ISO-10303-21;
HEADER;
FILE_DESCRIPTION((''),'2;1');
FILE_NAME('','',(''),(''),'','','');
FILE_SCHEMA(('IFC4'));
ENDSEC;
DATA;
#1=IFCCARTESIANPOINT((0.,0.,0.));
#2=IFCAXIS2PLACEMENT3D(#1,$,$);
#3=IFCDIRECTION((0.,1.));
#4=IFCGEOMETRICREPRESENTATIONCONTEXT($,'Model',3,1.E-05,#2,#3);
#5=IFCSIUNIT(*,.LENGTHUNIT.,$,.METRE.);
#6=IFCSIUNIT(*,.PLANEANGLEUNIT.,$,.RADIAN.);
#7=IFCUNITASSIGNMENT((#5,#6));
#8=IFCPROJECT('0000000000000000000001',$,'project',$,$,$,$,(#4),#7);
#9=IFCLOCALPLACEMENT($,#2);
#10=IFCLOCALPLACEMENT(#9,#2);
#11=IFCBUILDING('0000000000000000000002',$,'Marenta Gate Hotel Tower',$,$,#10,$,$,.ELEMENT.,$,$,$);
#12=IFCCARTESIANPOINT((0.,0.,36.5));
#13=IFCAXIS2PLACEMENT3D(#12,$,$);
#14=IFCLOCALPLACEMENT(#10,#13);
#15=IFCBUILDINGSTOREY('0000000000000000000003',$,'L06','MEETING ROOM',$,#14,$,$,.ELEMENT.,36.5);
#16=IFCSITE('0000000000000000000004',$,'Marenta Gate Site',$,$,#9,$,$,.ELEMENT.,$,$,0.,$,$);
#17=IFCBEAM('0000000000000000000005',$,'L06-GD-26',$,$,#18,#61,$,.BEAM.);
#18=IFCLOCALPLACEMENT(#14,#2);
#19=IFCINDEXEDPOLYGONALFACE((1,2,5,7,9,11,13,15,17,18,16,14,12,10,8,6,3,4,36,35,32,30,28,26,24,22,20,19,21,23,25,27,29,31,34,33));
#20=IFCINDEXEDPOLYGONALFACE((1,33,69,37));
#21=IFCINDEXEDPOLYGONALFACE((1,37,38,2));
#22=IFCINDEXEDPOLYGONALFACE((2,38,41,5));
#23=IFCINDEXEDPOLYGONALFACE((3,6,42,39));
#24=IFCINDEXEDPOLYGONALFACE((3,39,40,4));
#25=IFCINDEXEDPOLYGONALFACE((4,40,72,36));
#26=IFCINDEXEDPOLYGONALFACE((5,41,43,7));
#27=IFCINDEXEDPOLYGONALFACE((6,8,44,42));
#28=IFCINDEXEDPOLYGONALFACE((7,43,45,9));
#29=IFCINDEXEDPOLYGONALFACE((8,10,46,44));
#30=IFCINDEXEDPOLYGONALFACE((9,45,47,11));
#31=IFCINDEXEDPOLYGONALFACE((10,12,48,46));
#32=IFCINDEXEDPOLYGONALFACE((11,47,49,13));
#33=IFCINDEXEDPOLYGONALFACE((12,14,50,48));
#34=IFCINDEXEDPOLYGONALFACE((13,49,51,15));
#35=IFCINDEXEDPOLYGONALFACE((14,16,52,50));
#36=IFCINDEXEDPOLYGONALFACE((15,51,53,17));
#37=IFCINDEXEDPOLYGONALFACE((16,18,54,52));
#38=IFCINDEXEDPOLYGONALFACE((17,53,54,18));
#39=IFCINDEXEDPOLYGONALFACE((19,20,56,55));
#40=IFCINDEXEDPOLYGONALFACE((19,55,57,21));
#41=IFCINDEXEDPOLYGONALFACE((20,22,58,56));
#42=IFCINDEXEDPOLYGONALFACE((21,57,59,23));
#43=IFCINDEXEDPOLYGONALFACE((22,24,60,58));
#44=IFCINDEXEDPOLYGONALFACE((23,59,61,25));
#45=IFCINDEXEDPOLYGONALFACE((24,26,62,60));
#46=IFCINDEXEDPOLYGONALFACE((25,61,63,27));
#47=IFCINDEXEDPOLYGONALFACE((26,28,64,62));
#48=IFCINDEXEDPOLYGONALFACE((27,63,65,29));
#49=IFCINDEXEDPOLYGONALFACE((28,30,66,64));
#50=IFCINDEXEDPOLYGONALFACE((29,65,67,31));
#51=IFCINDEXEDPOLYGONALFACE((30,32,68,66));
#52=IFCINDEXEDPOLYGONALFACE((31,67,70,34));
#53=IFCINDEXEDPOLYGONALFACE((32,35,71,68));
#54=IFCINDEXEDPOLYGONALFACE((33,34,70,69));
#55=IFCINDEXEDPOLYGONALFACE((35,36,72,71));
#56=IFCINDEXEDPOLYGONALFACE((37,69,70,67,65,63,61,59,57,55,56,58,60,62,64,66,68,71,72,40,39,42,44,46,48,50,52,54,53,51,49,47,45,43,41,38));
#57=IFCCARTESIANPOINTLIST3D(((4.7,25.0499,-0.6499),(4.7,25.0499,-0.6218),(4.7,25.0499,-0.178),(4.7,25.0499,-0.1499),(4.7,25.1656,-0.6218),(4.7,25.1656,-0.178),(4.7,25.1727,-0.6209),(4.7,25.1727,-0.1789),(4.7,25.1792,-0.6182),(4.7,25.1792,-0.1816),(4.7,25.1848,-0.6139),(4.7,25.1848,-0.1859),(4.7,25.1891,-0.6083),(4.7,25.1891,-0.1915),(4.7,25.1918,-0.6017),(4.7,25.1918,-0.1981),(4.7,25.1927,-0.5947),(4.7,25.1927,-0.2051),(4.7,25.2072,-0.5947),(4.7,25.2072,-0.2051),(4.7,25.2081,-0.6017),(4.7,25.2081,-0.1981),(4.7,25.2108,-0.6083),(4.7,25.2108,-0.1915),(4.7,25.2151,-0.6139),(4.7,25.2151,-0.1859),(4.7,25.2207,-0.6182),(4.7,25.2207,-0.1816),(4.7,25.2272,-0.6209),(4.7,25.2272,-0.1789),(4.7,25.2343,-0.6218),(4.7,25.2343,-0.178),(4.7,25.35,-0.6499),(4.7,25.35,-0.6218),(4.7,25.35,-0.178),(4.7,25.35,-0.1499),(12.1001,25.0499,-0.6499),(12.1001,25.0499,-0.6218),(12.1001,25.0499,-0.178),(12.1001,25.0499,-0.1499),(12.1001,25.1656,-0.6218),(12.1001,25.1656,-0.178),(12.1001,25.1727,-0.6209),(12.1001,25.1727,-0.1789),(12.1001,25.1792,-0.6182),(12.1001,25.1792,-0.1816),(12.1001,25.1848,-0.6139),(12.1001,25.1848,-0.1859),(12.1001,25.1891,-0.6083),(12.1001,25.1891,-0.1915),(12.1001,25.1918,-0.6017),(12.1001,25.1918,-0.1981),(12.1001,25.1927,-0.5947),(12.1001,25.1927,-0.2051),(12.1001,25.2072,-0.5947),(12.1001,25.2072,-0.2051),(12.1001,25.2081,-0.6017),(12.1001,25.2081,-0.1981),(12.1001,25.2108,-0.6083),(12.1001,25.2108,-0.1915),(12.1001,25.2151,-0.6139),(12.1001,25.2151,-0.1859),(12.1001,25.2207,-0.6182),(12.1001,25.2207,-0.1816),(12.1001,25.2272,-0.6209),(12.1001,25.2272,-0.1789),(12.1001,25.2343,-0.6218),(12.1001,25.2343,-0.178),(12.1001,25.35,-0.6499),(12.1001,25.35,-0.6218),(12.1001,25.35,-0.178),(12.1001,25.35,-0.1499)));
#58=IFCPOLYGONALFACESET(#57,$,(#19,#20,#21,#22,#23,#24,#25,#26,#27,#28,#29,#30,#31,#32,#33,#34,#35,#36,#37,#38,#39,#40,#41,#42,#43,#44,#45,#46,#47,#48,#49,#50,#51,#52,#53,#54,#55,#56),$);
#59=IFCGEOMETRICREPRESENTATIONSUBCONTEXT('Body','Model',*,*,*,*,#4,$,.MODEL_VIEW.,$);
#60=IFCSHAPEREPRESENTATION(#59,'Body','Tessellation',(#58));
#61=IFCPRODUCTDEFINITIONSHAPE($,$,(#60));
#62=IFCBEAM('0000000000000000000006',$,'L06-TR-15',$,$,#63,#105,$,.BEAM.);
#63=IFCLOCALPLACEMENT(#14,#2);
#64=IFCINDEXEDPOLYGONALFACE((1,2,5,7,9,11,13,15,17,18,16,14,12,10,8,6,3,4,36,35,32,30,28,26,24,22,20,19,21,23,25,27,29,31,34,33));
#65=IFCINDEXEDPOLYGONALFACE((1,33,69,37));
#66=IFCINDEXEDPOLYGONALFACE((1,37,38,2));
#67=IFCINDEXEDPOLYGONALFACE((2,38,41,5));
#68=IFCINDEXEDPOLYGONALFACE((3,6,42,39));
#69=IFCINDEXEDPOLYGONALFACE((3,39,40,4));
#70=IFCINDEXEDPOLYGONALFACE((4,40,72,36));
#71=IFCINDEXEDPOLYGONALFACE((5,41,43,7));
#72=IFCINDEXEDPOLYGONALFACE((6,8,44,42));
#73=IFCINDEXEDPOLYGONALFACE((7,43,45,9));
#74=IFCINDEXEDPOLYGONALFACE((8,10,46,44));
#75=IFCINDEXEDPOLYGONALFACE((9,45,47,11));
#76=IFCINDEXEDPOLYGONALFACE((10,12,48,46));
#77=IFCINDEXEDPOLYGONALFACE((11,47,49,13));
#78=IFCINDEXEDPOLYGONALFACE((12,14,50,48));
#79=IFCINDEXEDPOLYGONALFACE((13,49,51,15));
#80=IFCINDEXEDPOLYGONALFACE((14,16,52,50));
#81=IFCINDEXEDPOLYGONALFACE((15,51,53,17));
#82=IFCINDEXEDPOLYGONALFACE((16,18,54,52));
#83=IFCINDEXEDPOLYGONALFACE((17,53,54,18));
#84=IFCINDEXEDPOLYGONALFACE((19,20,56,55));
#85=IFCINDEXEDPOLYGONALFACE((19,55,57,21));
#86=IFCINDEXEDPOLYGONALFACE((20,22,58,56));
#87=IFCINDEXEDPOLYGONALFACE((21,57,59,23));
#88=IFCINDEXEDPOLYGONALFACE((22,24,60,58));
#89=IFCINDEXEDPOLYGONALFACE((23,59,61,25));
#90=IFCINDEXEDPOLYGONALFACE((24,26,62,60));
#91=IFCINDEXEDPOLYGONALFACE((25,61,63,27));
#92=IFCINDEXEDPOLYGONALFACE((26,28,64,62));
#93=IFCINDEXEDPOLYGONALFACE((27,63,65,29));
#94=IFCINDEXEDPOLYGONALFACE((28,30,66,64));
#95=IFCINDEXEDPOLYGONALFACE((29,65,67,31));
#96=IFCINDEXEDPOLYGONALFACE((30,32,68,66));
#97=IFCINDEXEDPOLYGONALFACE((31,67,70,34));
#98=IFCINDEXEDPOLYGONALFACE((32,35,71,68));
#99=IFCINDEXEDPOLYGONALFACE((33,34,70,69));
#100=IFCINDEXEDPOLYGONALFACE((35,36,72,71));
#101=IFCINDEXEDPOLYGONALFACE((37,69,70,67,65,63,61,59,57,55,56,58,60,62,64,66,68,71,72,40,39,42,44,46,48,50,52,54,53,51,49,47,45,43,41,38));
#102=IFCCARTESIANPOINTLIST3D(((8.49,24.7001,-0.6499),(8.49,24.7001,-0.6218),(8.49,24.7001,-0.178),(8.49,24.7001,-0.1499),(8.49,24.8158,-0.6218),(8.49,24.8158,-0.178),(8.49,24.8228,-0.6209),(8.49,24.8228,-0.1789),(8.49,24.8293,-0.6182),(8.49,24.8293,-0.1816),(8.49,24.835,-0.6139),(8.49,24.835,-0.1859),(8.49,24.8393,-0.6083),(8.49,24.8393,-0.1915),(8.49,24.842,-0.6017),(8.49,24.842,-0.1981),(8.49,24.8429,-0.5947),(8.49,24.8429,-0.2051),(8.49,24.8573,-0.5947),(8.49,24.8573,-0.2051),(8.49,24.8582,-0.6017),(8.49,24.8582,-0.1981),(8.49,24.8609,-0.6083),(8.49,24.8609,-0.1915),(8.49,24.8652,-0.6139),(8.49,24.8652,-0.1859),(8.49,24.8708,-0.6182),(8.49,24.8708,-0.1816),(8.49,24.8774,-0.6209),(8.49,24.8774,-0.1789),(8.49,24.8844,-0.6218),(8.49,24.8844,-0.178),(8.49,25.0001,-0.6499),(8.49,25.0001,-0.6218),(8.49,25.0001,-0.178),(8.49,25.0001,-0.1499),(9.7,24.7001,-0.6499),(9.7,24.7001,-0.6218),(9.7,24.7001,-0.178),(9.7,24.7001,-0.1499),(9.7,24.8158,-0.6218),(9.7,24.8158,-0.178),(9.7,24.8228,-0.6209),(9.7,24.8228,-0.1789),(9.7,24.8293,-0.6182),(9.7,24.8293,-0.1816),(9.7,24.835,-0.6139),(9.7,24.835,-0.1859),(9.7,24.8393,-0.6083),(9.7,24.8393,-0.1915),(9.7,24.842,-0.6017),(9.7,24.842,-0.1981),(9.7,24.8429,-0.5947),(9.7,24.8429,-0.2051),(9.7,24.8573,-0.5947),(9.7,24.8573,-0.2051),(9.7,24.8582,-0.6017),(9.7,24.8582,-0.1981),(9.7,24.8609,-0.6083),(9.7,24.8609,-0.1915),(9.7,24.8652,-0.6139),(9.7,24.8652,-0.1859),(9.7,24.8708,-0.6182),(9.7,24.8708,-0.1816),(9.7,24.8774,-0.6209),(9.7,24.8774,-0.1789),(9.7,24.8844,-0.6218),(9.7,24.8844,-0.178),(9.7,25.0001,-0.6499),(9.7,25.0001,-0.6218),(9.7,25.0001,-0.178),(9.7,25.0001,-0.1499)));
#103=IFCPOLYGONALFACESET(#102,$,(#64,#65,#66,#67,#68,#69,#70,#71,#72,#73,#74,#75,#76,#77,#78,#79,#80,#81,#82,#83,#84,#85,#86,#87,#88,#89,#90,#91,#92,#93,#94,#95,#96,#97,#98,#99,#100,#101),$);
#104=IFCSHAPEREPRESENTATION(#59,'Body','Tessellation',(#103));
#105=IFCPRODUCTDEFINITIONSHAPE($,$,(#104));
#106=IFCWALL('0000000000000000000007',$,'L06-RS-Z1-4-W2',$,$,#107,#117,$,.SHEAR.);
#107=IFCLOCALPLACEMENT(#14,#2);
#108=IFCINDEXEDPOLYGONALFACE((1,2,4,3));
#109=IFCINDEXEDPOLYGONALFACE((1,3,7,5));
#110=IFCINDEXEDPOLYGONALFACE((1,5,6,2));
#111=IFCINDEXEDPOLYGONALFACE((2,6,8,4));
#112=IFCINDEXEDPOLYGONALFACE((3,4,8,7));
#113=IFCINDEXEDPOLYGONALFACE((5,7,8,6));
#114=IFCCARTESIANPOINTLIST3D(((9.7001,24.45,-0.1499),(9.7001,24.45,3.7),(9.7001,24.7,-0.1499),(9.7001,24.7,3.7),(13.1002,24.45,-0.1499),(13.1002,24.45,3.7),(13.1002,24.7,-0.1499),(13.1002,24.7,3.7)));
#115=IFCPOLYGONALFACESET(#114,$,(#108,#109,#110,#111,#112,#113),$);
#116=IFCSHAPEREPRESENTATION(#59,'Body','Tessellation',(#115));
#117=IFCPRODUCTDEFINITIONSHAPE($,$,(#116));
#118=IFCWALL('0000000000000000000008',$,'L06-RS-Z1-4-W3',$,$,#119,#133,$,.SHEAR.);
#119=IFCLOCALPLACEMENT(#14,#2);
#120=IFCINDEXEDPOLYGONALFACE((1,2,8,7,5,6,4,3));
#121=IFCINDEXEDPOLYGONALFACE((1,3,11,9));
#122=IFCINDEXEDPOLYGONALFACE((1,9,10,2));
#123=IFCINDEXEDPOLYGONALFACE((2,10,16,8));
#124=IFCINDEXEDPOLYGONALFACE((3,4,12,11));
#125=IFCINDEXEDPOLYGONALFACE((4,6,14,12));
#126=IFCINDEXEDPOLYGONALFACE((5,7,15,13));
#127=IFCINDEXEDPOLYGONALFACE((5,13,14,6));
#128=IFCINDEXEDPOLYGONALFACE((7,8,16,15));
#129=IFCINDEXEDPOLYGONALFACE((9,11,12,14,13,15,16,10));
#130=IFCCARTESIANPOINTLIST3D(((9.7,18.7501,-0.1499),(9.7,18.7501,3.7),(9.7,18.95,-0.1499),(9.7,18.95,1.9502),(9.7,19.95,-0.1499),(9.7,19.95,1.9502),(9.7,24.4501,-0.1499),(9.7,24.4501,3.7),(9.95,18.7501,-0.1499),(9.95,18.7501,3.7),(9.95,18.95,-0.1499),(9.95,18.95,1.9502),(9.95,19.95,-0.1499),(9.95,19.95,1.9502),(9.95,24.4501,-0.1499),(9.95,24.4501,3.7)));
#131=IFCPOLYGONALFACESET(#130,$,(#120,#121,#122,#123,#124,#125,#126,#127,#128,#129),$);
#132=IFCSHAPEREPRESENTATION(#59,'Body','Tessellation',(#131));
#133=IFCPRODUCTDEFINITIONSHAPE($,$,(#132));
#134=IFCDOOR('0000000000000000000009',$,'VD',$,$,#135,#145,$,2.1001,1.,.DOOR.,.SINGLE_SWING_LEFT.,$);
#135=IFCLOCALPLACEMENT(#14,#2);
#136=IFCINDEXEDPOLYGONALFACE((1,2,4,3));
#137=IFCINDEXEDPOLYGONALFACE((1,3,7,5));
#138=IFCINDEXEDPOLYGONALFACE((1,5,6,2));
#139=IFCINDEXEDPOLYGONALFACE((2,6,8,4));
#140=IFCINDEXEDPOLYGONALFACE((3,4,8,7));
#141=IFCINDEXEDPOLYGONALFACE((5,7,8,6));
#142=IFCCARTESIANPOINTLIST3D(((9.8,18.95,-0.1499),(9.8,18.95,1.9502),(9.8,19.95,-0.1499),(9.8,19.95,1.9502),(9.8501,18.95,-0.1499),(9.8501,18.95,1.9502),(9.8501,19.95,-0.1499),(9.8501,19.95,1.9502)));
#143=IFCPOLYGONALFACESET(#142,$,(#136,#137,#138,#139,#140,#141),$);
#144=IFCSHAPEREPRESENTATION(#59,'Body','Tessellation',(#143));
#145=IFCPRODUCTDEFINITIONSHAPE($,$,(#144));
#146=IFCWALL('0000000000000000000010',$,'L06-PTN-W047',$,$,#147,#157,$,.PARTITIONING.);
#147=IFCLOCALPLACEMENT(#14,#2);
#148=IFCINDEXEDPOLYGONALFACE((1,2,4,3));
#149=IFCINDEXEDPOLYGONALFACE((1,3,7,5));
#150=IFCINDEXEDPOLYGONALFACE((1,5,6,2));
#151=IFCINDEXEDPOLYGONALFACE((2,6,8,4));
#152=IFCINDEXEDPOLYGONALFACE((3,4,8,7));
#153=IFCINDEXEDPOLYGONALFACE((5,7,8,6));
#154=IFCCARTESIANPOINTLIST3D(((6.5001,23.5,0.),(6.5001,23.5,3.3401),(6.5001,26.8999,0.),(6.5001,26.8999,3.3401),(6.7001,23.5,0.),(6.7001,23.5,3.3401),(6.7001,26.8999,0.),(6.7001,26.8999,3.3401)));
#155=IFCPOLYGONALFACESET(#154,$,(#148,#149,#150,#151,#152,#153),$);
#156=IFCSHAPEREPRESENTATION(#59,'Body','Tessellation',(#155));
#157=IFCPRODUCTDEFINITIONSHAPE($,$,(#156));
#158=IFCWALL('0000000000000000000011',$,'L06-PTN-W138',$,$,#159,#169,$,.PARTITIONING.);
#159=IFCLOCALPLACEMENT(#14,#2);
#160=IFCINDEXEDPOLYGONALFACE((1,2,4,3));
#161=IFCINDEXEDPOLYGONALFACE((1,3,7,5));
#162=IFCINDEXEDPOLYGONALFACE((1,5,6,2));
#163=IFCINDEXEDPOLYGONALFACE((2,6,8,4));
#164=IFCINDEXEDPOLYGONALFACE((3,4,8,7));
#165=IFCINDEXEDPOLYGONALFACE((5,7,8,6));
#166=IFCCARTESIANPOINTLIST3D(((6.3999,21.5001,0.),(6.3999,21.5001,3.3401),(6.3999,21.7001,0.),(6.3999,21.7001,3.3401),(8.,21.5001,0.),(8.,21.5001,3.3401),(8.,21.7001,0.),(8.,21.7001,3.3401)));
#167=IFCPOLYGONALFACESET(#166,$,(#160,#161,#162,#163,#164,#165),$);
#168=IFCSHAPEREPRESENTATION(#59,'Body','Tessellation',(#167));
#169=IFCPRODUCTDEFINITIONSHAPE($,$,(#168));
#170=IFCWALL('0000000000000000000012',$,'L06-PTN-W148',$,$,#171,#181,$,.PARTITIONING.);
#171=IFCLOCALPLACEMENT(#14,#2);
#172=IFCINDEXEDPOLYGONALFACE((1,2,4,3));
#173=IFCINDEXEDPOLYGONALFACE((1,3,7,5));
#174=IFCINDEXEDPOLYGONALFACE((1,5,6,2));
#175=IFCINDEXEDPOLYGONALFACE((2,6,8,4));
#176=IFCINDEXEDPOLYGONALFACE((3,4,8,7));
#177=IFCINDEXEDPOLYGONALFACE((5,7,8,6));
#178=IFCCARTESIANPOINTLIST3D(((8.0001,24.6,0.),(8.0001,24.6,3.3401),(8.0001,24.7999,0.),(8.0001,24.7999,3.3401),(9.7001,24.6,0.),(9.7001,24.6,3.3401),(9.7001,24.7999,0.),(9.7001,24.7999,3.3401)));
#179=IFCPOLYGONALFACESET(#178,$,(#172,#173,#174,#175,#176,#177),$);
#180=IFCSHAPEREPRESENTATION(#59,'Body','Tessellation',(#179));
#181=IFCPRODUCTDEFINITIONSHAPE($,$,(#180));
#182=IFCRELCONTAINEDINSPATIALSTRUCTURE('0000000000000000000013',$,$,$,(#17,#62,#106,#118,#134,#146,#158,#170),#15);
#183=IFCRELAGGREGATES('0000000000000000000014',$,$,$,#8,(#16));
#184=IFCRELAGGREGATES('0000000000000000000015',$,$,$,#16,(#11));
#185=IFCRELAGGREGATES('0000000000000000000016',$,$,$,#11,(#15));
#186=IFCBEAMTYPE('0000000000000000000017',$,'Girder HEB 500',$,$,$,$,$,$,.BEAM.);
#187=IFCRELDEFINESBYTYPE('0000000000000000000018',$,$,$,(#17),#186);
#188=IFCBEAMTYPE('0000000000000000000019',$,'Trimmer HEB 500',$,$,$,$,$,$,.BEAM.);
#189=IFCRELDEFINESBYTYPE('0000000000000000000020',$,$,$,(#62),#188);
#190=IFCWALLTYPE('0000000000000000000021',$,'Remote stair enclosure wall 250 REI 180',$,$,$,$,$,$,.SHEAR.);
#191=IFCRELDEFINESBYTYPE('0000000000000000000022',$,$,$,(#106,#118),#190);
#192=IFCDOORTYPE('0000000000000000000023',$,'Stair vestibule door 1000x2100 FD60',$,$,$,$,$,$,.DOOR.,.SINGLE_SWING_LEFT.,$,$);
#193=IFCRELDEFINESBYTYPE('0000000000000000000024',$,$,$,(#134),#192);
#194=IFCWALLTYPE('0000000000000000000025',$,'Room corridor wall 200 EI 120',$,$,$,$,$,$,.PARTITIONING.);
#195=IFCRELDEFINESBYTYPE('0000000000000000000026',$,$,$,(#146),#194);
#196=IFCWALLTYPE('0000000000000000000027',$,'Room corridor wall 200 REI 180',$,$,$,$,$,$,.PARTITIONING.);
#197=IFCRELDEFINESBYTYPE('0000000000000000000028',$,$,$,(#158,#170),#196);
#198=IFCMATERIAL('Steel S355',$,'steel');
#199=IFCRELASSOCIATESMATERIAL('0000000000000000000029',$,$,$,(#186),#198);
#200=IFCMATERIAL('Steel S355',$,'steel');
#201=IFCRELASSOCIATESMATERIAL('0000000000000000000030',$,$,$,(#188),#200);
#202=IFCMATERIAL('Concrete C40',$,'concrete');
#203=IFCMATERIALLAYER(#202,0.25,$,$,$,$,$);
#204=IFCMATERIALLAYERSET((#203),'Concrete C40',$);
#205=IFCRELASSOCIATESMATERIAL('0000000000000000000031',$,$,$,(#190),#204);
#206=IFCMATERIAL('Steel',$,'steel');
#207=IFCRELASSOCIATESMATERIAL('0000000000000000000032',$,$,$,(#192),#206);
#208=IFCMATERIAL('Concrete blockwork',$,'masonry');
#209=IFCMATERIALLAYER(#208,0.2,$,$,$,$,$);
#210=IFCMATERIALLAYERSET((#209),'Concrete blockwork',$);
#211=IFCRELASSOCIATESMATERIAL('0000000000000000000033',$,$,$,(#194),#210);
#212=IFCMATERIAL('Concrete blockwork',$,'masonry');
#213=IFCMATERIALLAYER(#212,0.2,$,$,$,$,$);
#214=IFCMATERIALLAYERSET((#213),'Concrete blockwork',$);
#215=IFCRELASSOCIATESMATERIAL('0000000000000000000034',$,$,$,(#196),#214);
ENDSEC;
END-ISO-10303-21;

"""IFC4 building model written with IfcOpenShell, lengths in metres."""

from ifc_helpers import new_model, si_unit, direction, frame, frame_2d, origin, origin_2d, place, context, subcontext, project, spatial, rectangle, i_section, extrude, material, layer, layer_set, material_profile, profile_set, type_object, element, fill, save


model = new_model("IFC4")

# Units and contexts
model_context = context("Model", 3, precision=1e-05, world=origin(), true_north=direction((0.0, 1.0)))
body_context = subcontext(model_context, "Body", "Model", "MODEL_VIEW")
ifc_project = project(units=[si_unit("LENGTHUNIT", "METRE"), si_unit("PLANEANGLEUNIT", "RADIAN")], contexts=[model_context])

# Site, building, storey
site_placement = place(None, origin())
site = spatial("IfcSite", under=ifc_project, at=site_placement, Name="Marenta Gate Site", CompositionType="ELEMENT", RefElevation=0.0)
building_placement = place(site_placement, origin())
building = spatial("IfcBuilding", under=site, at=building_placement, Name="Marenta Gate Hotel Tower", CompositionType="ELEMENT")
storey_placement = place(building_placement, frame((0.0, 0.0, 36.5)))
storey = spatial("IfcBuildingStorey", under=building, at=storey_placement, Name="L06", Description="MEETING ROOM", CompositionType="ELEMENT", Elevation=36.5)

# Beams
ifc_material_1 = material(Name="Steel S355", Category="steel")
ifc_material_profile_1 = material_profile(ifc_material_1, i_section(OverallWidth=0.3, OverallDepth=0.5, WebThickness=0.0144, FlangeThickness=0.0281, FilletRadius=0.0271, at=origin_2d()), Name="HEB 500")
ifc_profile_set_1 = profile_set([ifc_material_profile_1], Name="Steel S355")
beam_type_1 = type_object("IfcBeamType", Name="Girder HEB 500", PredefinedType="BEAM", material=ifc_profile_set_1)
beam_1_placement = place(storey_placement, frame((4.7, 25.2, -0.3999), z_axis=(1.0, 0.0, 0.0), x_axis=(0.0, 1.0, 0.0)))
element("IfcBeam", 1, at=beam_1_placement, inside=storey, type_object=beam_type_1, Name="L06-GD-26", PredefinedType="BEAM", context=body_context, shape_type="SweptSolid", body=[
    extrude(i_section(OverallWidth=0.3, OverallDepth=0.5, WebThickness=0.0144, FlangeThickness=0.0281, FilletRadius=0.0271, at=origin_2d()), origin(), (0.0, 0.0, 1.0), 7.4001),
])
ifc_material_2 = material(Name="Steel S355", Category="steel")
ifc_material_profile_2 = material_profile(ifc_material_2, i_section(OverallWidth=0.3, OverallDepth=0.5, WebThickness=0.0144, FlangeThickness=0.0281, FilletRadius=0.0271, at=origin_2d()), Name="HEB 500")
ifc_profile_set_2 = profile_set([ifc_material_profile_2], Name="Steel S355")
beam_type_2 = type_object("IfcBeamType", Name="Trimmer HEB 500", PredefinedType="BEAM", material=ifc_profile_set_2)
beam_2_placement = place(storey_placement, frame((8.49, 24.8501, -0.3999), z_axis=(1.0, 0.0, 0.0), x_axis=(0.0, 1.0, 0.0)))
element("IfcBeam", 2, at=beam_2_placement, inside=storey, type_object=beam_type_2, Name="L06-TR-15", PredefinedType="BEAM", context=body_context, shape_type="SweptSolid", body=[
    extrude(i_section(OverallWidth=0.3, OverallDepth=0.5, WebThickness=0.0144, FlangeThickness=0.0281, FilletRadius=0.0271, at=origin_2d()), origin(), (0.0, 0.0, 1.0), 1.21),
])

# Wall
ifc_material_3 = material(Name="Concrete C40", Category="concrete")
ifc_layer_1 = layer(ifc_material_3, 0.25)
ifc_layer_set_1 = layer_set([ifc_layer_1], Name="Concrete C40")
wall_type_1 = type_object("IfcWallType", Name="Remote stair enclosure wall 250 REI 180", PredefinedType="SHEAR", material=ifc_layer_set_1)
wall_1_placement = place(storey_placement, frame((9.7, 24.575, -0.1499), z_axis=(0.0, 0.0, 1.0), x_axis=(1.0, 0.0, 0.0)))
element("IfcWall", 3, at=wall_1_placement, inside=storey, type_object=wall_type_1, Name="L06-RS-Z1-4-W2", PredefinedType="SHEAR", context=body_context, shape_type="SweptSolid", body=[
    extrude(rectangle(XDim=3.4001, YDim=0.25, at=frame_2d((1.7002, 0.0))), origin(), (0.0, 0.0, 1.0), 3.8499),
])

# Wall, opening, door
wall_2_placement = place(storey_placement, frame((9.825, 18.75, -0.1499), z_axis=(0.0, 0.0, 1.0), x_axis=(0.0, 1.0, 0.0)))
wall_2 = element("IfcWall", 4, at=wall_2_placement, inside=storey, type_object=wall_type_1, Name="L06-RS-Z1-4-W3", PredefinedType="SHEAR", context=body_context, shape_type="SweptSolid", body=[
    extrude(rectangle(XDim=5.7, YDim=0.25, at=frame_2d((2.8501, 0.0))), origin(), (0.0, 0.0, 1.0), 3.8499),
])
opening_1_placement = place(wall_2_placement, frame((0.2, 0.0, 0.0)))
opening_1 = element("IfcOpeningElement", 5, at=opening_1_placement, cuts=wall_2, PredefinedType="OPENING", context=body_context, shape_type="SweptSolid", body=[
    extrude(rectangle(XDim=1.0, YDim=2.1001, at=frame_2d((0.5, 1.05))), frame((0.0, 0.125, 0.0), z_axis=(0.0, -1.0, 0.0), x_axis=(1.0, 0.0, 0.0)), (0.0, 0.0, 1.0), 0.25),
])
ifc_material_4 = material(Name="Steel", Category="steel")
door_type_1 = type_object("IfcDoorType", Name="Stair vestibule door 1000x2100 FD60", OperationType="SINGLE_SWING_LEFT", PredefinedType="DOOR", material=ifc_material_4)
door_1_placement = place(opening_1_placement, origin())
door_1 = element("IfcDoor", 6, at=door_1_placement, inside=storey, type_object=door_type_1, Name="VD", OperationType="SINGLE_SWING_LEFT", OverallHeight=2.1001, OverallWidth=1.0, PredefinedType="DOOR", context=body_context, shape_type="SweptSolid", body=[
    extrude(rectangle(XDim=1.0, YDim=2.1001, at=frame_2d((0.5, 1.05))), frame((0.0, 0.0249, 0.0), z_axis=(0.0, -1.0, 0.0), x_axis=(1.0, 0.0, 0.0)), (0.0, 0.0, 1.0), 0.05),
])
fill(opening_1, door_1)

# Wall
ifc_material_5 = material(Name="Concrete blockwork", Category="masonry")
ifc_layer_2 = layer(ifc_material_5, 0.2)
ifc_layer_set_2 = layer_set([ifc_layer_2], Name="Concrete blockwork")
wall_type_2 = type_object("IfcWallType", Name="Room corridor wall 200 EI 120", PredefinedType="PARTITIONING", material=ifc_layer_set_2)
wall_3_placement = place(storey_placement, frame((6.6001, 23.5, 0.0), z_axis=(0.0, 0.0, 1.0), x_axis=(0.0, 1.0, 0.0)))
element("IfcWall", 7, at=wall_3_placement, inside=storey, type_object=wall_type_2, Name="L06-PTN-W047", PredefinedType="PARTITIONING", context=body_context, shape_type="SweptSolid", body=[
    extrude(rectangle(XDim=3.3999, YDim=0.2, at=frame_2d((1.7, 0.0))), origin(), (0.0, 0.0, 1.0), 3.3401),
])

# Shared definitions
ifc_material_6 = material(Name="Concrete blockwork", Category="masonry")
ifc_layer_3 = layer(ifc_material_6, 0.2)
ifc_layer_set_3 = layer_set([ifc_layer_3], Name="Concrete blockwork")
wall_type_3 = type_object("IfcWallType", Name="Room corridor wall 200 REI 180", PredefinedType="PARTITIONING", material=ifc_layer_set_3)

# Walls
wall_4_placement = place(storey_placement, frame((6.3999, 21.6001, 0.0), z_axis=(0.0, 0.0, 1.0), x_axis=(1.0, 0.0, 0.0)))
element("IfcWall", 8, at=wall_4_placement, inside=storey, type_object=wall_type_3, Name="L06-PTN-W138", PredefinedType="PARTITIONING", context=body_context, shape_type="SweptSolid", body=[
    extrude(rectangle(XDim=1.6001, YDim=0.2, at=frame_2d((0.8, 0.0))), origin(), (0.0, 0.0, 1.0), 3.3401),
])
wall_5_placement = place(storey_placement, frame((8.0, 24.7, 0.0), z_axis=(0.0, 0.0, 1.0), x_axis=(1.0, 0.0, 0.0)))
element("IfcWall", 9, at=wall_5_placement, inside=storey, type_object=wall_type_3, Name="L06-PTN-W148", PredefinedType="PARTITIONING", context=body_context, shape_type="SweptSolid", body=[
    extrude(rectangle(XDim=1.7, YDim=0.2, at=frame_2d((0.8501, 0.0))), origin(), (0.0, 0.0, 1.0), 3.3401),
])

save(model, "model.ifc")
